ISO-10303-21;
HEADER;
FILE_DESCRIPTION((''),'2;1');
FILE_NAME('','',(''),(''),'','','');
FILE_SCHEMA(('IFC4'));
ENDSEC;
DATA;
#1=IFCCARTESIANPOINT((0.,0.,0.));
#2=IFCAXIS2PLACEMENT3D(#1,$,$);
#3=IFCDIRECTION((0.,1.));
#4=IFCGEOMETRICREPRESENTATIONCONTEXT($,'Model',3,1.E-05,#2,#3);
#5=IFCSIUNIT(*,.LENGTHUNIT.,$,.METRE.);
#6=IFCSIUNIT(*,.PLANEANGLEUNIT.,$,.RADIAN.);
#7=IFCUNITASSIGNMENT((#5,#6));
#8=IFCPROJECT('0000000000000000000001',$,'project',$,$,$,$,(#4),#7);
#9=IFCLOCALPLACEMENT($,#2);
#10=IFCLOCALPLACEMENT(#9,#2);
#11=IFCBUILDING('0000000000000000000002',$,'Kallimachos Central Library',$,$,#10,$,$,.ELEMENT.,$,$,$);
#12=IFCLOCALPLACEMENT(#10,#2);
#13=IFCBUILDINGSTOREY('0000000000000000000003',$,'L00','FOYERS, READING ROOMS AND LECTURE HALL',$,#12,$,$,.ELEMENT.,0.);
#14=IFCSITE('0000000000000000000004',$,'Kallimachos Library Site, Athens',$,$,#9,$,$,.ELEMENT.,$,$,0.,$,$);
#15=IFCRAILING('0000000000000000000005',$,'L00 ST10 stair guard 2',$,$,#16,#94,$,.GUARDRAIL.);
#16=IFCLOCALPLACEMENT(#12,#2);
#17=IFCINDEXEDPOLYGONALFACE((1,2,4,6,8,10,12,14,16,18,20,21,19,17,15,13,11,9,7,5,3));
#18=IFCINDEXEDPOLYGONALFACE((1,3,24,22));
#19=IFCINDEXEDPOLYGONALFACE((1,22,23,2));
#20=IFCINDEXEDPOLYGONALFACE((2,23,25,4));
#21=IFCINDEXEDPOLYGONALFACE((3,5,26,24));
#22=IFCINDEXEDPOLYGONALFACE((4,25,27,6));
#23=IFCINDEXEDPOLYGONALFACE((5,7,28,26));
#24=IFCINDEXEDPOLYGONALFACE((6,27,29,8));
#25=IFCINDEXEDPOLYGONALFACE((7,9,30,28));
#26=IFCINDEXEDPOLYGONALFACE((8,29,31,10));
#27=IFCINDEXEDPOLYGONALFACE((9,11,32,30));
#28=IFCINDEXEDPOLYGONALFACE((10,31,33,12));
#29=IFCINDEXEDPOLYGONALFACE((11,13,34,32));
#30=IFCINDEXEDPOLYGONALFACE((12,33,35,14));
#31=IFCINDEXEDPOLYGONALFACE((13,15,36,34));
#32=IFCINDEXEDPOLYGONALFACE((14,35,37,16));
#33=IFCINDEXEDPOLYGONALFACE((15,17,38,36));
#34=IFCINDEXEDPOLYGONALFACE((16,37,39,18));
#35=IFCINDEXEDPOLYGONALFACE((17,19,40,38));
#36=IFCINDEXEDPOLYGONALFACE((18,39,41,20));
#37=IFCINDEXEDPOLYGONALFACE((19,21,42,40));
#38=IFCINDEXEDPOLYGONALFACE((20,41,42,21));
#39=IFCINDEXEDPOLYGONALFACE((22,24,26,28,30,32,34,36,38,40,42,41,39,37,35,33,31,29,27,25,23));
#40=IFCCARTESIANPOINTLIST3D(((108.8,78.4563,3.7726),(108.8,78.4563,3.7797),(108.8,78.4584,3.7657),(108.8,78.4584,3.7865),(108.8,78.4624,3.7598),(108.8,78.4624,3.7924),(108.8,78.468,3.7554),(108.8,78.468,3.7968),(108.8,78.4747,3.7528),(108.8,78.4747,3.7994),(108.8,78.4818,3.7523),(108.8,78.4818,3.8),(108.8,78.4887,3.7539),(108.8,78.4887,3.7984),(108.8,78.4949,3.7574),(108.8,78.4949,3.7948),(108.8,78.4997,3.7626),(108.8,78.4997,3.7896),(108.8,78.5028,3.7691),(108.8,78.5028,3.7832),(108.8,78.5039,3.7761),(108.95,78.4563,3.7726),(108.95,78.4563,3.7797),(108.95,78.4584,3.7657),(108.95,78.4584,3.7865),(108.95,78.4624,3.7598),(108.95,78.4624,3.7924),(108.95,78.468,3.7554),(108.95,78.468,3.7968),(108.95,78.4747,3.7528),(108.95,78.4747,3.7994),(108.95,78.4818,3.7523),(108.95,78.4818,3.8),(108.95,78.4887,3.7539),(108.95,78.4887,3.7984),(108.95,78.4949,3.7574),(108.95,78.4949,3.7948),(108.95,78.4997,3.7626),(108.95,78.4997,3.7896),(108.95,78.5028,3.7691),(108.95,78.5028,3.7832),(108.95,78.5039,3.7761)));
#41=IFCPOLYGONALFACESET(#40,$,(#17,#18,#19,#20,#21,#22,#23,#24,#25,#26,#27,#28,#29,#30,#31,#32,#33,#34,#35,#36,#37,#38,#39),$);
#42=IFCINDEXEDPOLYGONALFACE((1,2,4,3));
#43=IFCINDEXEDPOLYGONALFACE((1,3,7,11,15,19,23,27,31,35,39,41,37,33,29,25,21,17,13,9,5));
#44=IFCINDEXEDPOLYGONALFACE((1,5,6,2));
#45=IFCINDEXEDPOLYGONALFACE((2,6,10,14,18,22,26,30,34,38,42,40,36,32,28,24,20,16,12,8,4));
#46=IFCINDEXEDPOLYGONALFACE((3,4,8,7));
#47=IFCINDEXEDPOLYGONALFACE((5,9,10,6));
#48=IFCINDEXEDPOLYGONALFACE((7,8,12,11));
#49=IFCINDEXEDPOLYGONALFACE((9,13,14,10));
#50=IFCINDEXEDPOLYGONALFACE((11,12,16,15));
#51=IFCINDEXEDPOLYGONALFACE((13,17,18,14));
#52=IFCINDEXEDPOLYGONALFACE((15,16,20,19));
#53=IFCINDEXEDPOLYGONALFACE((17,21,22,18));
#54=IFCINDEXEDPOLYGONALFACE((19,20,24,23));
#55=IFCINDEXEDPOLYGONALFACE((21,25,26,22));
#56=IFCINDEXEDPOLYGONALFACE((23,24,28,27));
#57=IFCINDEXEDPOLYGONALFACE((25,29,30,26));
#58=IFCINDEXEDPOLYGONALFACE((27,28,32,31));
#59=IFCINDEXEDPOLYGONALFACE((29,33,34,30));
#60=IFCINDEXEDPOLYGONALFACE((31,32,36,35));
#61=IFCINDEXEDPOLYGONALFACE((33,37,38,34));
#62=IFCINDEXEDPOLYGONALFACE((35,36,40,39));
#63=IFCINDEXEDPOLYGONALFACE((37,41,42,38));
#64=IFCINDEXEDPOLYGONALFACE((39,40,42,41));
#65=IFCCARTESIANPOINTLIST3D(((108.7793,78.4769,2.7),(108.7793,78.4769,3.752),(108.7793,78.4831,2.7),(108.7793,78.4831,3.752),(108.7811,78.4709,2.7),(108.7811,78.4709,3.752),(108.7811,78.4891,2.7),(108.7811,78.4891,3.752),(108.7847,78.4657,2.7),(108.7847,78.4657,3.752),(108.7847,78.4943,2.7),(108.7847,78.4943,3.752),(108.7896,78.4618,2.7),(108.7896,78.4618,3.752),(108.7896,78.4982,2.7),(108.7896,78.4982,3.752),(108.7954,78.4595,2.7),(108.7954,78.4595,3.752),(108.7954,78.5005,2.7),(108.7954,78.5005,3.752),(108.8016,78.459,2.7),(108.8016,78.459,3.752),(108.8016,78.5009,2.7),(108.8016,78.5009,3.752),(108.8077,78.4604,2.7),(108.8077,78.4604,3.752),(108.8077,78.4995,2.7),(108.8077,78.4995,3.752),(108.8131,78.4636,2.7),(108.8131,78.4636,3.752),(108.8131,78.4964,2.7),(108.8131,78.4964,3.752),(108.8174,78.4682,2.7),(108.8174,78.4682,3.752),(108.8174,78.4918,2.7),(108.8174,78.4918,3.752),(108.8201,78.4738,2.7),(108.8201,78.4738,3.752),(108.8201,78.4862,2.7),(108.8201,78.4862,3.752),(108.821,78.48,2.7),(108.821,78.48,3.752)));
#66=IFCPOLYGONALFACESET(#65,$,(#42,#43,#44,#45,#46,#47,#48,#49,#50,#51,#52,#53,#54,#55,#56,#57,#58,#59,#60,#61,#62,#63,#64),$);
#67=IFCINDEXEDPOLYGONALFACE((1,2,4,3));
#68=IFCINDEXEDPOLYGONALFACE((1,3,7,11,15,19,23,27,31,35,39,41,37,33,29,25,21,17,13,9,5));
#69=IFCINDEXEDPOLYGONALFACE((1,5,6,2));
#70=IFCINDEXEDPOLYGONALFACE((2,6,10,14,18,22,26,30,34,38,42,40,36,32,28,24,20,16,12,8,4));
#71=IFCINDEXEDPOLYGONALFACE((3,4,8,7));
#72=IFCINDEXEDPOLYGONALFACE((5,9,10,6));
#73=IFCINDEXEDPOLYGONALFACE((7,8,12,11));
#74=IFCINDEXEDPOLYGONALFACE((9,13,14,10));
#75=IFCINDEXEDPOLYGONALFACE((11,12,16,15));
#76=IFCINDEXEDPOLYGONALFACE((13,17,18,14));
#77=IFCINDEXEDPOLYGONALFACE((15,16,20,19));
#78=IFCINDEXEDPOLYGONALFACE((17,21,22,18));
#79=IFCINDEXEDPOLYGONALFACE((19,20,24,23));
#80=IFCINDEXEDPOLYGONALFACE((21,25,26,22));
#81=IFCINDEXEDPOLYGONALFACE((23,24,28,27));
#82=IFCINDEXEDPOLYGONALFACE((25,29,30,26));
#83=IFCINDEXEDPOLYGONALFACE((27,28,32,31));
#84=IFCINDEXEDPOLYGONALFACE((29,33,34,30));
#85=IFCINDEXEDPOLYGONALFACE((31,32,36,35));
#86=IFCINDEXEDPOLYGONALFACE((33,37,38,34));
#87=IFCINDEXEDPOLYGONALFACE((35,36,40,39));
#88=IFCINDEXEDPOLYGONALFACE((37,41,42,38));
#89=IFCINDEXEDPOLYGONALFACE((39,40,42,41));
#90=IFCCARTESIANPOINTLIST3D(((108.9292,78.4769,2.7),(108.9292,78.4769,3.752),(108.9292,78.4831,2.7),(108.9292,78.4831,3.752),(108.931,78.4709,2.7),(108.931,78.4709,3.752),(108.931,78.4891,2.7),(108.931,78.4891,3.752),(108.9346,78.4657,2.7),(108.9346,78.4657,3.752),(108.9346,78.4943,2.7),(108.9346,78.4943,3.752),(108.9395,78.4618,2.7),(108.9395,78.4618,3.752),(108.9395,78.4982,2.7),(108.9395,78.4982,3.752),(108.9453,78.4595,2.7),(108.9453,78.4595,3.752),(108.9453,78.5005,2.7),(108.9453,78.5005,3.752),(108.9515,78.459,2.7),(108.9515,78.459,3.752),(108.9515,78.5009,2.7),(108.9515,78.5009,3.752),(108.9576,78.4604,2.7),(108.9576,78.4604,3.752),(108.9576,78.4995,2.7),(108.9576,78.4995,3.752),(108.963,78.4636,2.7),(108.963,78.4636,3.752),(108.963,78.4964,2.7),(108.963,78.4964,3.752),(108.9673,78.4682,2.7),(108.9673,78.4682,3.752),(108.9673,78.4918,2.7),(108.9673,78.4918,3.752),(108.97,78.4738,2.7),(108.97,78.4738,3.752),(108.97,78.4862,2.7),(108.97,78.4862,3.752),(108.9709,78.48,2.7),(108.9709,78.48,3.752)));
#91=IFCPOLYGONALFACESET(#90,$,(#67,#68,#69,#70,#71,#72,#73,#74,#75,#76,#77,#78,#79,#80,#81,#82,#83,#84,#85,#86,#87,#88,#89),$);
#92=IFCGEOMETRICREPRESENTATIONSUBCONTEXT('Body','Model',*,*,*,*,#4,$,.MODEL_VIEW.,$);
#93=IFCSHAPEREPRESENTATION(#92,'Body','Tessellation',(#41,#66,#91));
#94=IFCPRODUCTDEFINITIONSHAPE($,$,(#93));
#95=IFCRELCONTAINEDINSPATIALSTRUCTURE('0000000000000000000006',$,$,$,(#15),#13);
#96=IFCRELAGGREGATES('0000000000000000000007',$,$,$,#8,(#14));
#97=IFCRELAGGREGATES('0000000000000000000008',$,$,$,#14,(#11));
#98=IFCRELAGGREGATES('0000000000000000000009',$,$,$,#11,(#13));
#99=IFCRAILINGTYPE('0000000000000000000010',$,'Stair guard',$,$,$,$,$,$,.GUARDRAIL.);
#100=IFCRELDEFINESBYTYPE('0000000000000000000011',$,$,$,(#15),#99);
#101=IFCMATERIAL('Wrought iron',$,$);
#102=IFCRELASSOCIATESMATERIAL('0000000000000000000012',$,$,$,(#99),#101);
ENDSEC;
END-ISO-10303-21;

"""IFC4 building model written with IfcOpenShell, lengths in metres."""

from ifc_helpers import new_model, si_unit, direction, frame, origin, origin_2d, place, context, subcontext, project, spatial, circle, extrude, material, type_object, element, save


model = new_model("IFC4")

# Units and contexts
model_context = context("Model", 3, precision=1e-05, world=origin(), true_north=direction((0.0, 1.0)))
body_context = subcontext(model_context, "Body", "Model", "MODEL_VIEW")
ifc_project = project(units=[si_unit("LENGTHUNIT", "METRE"), si_unit("PLANEANGLEUNIT", "RADIAN")], contexts=[model_context])

# Site, building, storey
site_placement = place(None, origin())
site = spatial("IfcSite", under=ifc_project, at=site_placement, Name="Kallimachos Library Site, Athens", CompositionType="ELEMENT", RefElevation=0.0)
building_placement = place(site_placement, origin())
building = spatial("IfcBuilding", under=site, at=building_placement, Name="Kallimachos Central Library", CompositionType="ELEMENT")
storey_placement = place(building_placement, origin())
storey = spatial("IfcBuildingStorey", under=building, at=storey_placement, Name="L00", Description="FOYERS, READING ROOMS AND LECTURE HALL", CompositionType="ELEMENT", Elevation=0.0)

# Railing
ifc_material_1 = material(Name="Wrought iron")
railing_type_1 = type_object("IfcRailingType", Name="Stair guard", PredefinedType="GUARDRAIL", material=ifc_material_1)
railing_1_placement = place(storey_placement, frame((108.8, 78.48, 2.7)))
element("IfcRailing", 1, at=railing_1_placement, inside=storey, type_object=railing_type_1, Name="L00 ST10 stair guard 2", PredefinedType="GUARDRAIL", context=body_context, shape_type="SweptSolid", body=[
    extrude(circle(Radius=0.0239, at=origin_2d()), frame((0.0, 0.0, 1.0762), z_axis=(1.0, 0.0, 0.0), x_axis=(0.0, 1.0, 0.0)), (0.0, 0.0, 1.0), 0.1499),
    extrude(circle(Radius=0.021, at=origin_2d()), origin(), (0.0, 0.0, 1.0), 1.052),
    extrude(circle(Radius=0.021, at=origin_2d()), frame((0.1499, 0.0, 0.0)), (0.0, 0.0, 1.0), 1.052),
])

save(model, "model.ifc")
